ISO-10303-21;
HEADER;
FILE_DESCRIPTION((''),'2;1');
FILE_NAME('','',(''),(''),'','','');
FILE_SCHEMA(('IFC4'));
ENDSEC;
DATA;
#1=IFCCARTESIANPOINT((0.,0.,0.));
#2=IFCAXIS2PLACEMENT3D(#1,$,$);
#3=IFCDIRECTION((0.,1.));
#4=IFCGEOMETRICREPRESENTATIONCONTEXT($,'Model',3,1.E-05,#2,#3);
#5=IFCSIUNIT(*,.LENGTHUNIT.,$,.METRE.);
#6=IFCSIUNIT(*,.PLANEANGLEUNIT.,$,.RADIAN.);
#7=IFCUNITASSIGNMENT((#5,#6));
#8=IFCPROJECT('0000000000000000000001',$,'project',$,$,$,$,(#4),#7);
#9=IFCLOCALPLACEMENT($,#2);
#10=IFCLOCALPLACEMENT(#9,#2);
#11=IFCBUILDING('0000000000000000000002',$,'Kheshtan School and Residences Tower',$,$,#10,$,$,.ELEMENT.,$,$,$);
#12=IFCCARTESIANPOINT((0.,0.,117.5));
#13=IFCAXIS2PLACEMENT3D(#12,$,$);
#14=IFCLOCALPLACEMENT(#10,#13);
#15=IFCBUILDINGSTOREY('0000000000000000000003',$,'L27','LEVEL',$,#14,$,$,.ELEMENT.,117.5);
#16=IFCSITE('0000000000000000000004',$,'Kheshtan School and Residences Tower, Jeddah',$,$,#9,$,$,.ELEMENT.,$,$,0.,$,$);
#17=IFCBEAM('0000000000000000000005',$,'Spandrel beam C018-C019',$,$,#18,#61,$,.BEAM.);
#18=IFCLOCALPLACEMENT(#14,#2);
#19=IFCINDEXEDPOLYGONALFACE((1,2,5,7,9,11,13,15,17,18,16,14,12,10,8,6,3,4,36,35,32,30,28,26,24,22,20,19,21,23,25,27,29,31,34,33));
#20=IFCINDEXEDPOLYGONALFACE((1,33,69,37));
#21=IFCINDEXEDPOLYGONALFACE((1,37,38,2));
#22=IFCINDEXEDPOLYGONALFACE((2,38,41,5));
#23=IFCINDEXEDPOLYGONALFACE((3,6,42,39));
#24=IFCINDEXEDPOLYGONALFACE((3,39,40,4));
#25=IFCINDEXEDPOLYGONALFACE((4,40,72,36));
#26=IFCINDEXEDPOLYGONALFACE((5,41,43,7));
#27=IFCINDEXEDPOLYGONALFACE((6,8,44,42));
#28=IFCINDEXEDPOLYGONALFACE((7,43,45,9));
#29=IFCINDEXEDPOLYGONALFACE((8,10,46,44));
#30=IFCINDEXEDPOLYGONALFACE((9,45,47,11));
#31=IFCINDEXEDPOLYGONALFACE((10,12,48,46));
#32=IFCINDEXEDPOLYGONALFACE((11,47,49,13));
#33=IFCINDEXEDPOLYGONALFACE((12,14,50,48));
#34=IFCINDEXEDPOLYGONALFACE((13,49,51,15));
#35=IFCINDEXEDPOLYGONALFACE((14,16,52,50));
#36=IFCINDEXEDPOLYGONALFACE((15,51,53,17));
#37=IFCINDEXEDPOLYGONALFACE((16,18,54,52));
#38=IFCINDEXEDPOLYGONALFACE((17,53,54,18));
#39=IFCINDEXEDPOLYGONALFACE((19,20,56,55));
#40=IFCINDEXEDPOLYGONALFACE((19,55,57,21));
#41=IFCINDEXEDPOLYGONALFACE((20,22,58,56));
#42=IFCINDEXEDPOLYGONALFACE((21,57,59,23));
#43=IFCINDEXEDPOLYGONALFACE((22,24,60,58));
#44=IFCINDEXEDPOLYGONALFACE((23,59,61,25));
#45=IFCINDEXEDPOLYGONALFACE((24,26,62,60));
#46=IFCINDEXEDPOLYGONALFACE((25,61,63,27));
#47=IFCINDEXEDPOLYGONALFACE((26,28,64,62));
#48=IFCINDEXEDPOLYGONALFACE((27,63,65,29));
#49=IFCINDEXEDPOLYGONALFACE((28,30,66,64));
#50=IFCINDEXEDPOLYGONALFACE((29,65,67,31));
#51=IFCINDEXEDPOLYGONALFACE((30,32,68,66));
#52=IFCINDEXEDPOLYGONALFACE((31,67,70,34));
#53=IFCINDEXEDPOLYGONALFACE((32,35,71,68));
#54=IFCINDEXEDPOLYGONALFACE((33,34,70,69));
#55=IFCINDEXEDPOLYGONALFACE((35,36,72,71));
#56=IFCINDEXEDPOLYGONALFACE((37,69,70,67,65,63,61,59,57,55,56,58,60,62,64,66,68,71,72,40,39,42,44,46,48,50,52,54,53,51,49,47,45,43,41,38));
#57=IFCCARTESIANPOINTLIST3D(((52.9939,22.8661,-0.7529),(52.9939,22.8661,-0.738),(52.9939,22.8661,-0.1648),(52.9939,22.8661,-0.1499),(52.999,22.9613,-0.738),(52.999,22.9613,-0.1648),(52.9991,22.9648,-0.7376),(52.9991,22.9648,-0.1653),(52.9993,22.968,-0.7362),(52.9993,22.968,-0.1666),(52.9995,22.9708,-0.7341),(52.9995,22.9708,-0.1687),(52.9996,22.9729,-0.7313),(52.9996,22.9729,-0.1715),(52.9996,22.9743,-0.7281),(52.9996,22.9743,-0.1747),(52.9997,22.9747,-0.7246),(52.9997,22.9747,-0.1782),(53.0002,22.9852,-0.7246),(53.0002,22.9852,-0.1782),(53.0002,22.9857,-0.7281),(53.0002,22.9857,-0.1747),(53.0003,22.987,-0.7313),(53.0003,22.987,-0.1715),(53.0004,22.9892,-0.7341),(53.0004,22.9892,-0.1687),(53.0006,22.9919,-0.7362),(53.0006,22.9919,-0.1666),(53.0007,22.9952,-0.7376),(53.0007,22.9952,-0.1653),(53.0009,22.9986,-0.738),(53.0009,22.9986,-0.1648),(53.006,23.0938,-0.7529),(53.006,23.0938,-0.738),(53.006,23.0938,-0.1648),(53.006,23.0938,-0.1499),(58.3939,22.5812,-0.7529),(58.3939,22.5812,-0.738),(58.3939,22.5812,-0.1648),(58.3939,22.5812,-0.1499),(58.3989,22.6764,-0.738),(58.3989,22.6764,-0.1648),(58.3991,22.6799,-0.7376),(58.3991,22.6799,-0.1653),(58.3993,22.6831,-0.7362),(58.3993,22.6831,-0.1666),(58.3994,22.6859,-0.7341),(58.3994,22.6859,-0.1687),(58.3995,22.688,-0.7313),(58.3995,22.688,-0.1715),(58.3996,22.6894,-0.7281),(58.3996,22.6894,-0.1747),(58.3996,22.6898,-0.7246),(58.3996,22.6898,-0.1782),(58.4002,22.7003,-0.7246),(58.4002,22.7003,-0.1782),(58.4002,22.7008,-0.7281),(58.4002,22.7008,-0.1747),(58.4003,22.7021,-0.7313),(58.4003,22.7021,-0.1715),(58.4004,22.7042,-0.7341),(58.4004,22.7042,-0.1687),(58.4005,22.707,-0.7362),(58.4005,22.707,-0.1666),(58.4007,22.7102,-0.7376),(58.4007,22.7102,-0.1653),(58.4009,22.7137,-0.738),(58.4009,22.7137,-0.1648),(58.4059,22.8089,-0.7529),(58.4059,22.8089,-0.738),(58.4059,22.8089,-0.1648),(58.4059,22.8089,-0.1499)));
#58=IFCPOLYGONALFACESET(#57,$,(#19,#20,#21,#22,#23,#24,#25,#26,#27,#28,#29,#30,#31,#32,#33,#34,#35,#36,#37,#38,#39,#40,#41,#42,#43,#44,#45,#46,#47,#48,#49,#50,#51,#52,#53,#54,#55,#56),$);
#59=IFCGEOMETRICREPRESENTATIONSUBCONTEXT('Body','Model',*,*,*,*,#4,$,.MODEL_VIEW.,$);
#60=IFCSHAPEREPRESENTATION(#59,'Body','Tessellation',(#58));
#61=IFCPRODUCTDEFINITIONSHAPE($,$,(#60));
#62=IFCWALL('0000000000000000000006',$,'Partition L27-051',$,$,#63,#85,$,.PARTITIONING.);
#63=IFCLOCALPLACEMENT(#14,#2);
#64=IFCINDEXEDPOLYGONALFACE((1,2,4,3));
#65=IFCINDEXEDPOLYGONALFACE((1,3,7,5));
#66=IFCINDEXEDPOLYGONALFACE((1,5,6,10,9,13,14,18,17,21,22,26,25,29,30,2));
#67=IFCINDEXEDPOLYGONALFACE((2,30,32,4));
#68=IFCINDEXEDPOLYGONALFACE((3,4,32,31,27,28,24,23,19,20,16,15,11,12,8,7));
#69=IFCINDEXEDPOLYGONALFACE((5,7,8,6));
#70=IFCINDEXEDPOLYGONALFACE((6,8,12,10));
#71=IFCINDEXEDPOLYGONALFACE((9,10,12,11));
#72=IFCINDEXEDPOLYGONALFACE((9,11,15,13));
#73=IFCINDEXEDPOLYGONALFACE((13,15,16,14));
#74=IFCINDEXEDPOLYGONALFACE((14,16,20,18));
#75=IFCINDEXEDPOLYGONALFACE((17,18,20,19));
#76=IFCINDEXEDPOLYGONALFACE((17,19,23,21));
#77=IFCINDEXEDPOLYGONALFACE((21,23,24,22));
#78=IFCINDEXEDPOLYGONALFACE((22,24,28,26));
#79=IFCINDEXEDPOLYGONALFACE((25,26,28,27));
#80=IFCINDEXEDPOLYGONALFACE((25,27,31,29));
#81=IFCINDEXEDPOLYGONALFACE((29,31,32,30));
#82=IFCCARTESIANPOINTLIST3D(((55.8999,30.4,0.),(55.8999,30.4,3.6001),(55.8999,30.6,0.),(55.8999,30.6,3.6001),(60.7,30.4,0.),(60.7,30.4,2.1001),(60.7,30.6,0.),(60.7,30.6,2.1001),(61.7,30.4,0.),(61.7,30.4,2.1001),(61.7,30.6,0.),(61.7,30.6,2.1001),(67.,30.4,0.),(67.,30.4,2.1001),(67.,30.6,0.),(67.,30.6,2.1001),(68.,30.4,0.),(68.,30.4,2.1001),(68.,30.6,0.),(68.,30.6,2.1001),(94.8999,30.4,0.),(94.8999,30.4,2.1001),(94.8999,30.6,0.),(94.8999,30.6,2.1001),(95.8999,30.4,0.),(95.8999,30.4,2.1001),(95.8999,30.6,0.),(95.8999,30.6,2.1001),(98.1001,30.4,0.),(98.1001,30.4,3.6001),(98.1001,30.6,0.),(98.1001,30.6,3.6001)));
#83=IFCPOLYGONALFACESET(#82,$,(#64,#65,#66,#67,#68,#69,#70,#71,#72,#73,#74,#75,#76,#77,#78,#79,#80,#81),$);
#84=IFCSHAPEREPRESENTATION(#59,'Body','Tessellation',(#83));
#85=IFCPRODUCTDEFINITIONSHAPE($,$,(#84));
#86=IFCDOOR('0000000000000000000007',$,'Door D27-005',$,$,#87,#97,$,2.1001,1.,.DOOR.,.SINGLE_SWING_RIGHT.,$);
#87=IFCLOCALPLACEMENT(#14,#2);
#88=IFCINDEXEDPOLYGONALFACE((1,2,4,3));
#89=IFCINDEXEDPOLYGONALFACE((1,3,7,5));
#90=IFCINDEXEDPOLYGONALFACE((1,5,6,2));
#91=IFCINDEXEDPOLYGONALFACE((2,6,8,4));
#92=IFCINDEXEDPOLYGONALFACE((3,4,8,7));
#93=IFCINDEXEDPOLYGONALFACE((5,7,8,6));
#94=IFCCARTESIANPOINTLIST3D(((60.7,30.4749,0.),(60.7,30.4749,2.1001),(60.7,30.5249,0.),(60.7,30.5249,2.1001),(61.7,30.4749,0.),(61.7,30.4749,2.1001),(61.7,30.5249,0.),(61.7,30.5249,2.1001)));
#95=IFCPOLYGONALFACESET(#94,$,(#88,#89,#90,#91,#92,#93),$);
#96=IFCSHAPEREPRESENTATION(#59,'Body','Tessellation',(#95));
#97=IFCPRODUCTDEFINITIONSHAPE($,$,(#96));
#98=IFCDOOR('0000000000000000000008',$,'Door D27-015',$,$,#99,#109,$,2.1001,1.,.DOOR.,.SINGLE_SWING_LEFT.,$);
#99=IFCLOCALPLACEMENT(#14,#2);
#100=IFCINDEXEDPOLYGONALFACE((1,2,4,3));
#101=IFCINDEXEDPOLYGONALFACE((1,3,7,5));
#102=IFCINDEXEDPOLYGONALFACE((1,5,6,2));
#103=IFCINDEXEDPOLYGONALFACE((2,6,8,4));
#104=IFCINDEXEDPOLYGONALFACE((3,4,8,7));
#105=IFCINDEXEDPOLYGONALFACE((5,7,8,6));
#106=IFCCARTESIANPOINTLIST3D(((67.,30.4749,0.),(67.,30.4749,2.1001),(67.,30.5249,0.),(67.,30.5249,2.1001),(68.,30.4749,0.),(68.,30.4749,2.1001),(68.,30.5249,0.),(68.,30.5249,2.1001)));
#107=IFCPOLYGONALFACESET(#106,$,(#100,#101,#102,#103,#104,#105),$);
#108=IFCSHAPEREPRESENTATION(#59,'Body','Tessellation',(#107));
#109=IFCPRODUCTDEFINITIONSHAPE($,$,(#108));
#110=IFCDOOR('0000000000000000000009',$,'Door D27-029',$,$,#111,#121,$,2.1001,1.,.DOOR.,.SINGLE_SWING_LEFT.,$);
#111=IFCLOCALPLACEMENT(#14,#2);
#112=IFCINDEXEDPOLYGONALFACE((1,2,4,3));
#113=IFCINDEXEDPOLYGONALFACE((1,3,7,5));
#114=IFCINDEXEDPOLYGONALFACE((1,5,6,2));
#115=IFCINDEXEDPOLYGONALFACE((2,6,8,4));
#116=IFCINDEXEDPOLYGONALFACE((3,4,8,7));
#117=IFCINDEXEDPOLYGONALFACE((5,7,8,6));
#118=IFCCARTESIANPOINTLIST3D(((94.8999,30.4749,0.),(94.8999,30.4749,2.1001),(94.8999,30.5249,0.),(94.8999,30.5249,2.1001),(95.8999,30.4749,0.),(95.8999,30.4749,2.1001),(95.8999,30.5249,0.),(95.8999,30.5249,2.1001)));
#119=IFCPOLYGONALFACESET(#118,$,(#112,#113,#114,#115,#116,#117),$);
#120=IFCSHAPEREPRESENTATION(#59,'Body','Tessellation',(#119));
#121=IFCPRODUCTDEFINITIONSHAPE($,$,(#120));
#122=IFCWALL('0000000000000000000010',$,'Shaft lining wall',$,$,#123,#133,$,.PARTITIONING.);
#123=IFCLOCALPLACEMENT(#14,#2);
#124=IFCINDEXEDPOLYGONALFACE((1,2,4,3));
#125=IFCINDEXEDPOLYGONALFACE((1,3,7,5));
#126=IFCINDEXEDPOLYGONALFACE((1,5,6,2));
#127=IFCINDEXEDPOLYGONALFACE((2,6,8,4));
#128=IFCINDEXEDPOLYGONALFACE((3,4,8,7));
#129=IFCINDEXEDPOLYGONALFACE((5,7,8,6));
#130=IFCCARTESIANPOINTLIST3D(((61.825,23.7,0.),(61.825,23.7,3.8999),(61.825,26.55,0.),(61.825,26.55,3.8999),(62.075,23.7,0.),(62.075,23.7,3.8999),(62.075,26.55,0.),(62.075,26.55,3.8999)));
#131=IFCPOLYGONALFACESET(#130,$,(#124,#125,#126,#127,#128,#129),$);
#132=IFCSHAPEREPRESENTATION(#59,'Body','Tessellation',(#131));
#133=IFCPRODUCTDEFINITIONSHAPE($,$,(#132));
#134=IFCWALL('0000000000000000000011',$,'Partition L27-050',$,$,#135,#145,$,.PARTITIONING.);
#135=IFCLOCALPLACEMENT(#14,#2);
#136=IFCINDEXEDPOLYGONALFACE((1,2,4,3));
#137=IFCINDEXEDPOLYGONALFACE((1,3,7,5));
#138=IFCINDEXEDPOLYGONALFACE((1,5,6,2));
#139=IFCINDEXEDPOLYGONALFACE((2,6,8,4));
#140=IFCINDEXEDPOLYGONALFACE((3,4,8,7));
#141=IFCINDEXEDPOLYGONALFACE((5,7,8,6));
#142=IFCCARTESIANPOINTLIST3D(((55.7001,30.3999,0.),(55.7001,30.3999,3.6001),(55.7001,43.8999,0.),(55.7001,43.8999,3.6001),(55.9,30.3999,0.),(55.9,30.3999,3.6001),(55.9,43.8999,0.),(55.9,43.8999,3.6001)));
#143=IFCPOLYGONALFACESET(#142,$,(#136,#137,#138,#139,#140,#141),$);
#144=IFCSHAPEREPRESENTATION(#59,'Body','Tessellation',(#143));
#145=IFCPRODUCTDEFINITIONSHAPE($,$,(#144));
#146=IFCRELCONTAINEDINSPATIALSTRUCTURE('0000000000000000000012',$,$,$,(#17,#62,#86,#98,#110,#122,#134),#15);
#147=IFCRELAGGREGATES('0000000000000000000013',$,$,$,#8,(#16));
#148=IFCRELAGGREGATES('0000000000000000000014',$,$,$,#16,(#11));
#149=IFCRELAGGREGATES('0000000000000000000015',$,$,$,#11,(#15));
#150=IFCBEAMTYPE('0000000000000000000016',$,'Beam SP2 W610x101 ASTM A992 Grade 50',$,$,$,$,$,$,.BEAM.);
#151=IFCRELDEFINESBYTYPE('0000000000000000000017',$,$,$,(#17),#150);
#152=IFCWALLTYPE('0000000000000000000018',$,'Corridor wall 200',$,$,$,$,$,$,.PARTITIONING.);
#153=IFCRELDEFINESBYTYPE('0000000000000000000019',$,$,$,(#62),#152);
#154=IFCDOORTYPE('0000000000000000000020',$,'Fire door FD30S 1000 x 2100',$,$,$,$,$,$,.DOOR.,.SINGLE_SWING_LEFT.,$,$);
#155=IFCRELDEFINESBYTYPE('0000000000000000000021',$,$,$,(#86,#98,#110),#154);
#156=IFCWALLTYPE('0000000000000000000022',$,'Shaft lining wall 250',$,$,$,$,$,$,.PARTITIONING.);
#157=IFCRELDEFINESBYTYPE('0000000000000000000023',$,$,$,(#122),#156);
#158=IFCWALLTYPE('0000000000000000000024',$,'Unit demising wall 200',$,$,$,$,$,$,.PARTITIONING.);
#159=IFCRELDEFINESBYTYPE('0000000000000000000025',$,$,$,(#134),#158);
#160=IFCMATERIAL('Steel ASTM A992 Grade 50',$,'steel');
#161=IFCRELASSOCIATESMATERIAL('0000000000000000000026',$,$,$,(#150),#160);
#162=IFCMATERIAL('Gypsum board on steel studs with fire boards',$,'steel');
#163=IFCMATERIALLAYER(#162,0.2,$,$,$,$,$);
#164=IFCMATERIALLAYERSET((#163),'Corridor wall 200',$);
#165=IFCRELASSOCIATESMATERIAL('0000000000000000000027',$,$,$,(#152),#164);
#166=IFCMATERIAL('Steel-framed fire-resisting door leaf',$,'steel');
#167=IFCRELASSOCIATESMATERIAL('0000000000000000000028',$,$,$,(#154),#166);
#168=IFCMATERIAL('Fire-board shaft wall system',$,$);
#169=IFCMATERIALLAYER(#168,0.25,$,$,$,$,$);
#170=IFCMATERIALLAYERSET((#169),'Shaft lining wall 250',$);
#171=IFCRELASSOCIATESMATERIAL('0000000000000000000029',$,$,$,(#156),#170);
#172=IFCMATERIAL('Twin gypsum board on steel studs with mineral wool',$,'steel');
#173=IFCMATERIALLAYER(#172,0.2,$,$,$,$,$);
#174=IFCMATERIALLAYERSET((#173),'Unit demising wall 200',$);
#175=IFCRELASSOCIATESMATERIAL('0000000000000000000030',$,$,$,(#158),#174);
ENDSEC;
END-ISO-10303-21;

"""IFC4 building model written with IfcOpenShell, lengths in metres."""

from ifc_helpers import new_model, si_unit, direction, frame, frame_2d, origin, origin_2d, place, context, subcontext, project, spatial, rectangle, i_section, extrude, source, transform, mapped, material, layer, layer_set, material_profile, profile_set, type_object, element, fill, save


model = new_model("IFC4")

# Units and contexts
model_context = context("Model", 3, precision=1e-05, world=origin(), true_north=direction((0.0, 1.0)))
body_context = subcontext(model_context, "Body", "Model", "MODEL_VIEW")
ifc_project = project(units=[si_unit("LENGTHUNIT", "METRE"), si_unit("PLANEANGLEUNIT", "RADIAN")], contexts=[model_context])

# Site, building, storey
site_placement = place(None, origin())
site = spatial("IfcSite", under=ifc_project, at=site_placement, Name="Kheshtan School and Residences Tower, Jeddah", CompositionType="ELEMENT", RefElevation=0.0)
building_placement = place(site_placement, origin())
building = spatial("IfcBuilding", under=site, at=building_placement, Name="Kheshtan School and Residences Tower", CompositionType="ELEMENT")
storey_placement = place(building_placement, frame((0.0, 0.0, 117.5)))
storey = spatial("IfcBuildingStorey", under=building, at=storey_placement, Name="L27", Description="LEVEL", CompositionType="ELEMENT", Elevation=117.5)

# Shared definitions
ifc_material_1 = material(Name="Steel ASTM A992 Grade 50", Category="steel")

# Beam
ifc_material_profile_1 = material_profile(ifc_material_1, i_section(OverallWidth=0.228, OverallDepth=0.603, WebThickness=0.0105, FlangeThickness=0.0149, FilletRadius=0.0134, at=origin_2d()), Name="W610x101")
ifc_profile_set_1 = profile_set([ifc_material_profile_1], Name="Steel ASTM A992 Grade 50")
beam_type_1 = type_object("IfcBeamType", Name="Beam SP2 W610x101 ASTM A992 Grade 50", PredefinedType="BEAM", material=ifc_profile_set_1)
beam_1_placement = place(storey_placement, frame((58.3999, 22.6951, -0.4514), z_axis=(-0.998611, 0.052689, 0.0), x_axis=(-0.052689, -0.998611, 0.0)))
element("IfcBeam", 1, at=beam_1_placement, inside=storey, type_object=beam_type_1, Name="Spandrel beam C018-C019", PredefinedType="BEAM", context=body_context, shape_type="SweptSolid", body=[
    extrude(i_section(OverallWidth=0.228, OverallDepth=0.603, WebThickness=0.0105, FlangeThickness=0.0149, FilletRadius=0.0134, at=origin_2d()), origin(), (0.0, 0.0, 1.0), 5.4075),
])

# Wall, openings, doors
ifc_material_2 = material(Name="Gypsum board on steel studs with fire boards", Category="steel")
ifc_layer_1 = layer(ifc_material_2, 0.2)
ifc_layer_set_1 = layer_set([ifc_layer_1], Name="Corridor wall 200")
wall_type_1 = type_object("IfcWallType", Name="Corridor wall 200", PredefinedType="PARTITIONING", material=ifc_layer_set_1)
wall_1_placement = place(storey_placement, frame((55.8999, 30.5, 0.0), z_axis=(0.0, 0.0, 1.0), x_axis=(1.0, 0.0, 0.0)))
wall_1 = element("IfcWall", 2, at=wall_1_placement, inside=storey, type_object=wall_type_1, Name="Partition L27-051", PredefinedType="PARTITIONING", context=body_context, shape_type="SweptSolid", body=[
    extrude(rectangle(XDim=42.2002, YDim=0.2, at=frame_2d((21.1001, 0.0))), origin(), (0.0, 0.0, 1.0), 3.6001),
])
opening_1_placement = place(wall_1_placement, frame((4.8, 0.0, 0.0)))
opening_1 = element("IfcOpeningElement", 3, at=opening_1_placement, cuts=wall_1, PredefinedType="OPENING", context=body_context, shape_type="SweptSolid", body=[
    extrude(rectangle(XDim=1.0, YDim=2.1001, at=frame_2d((0.5, 1.05))), frame((0.0, 0.1099, 0.0), z_axis=(0.0, -1.0, 0.0), x_axis=(1.0, 0.0, 0.0)), (0.0, 0.0, 1.0), 0.22),
])
opening_2_placement = place(wall_1_placement, frame((11.1001, 0.0, 0.0)))
opening_2 = element("IfcOpeningElement", 4, at=opening_2_placement, cuts=wall_1, PredefinedType="OPENING", context=body_context, shape_type="SweptSolid", body=[
    extrude(rectangle(XDim=1.0, YDim=2.1001, at=frame_2d((0.5, 1.05))), frame((0.0, 0.1099, 0.0), z_axis=(0.0, -1.0, 0.0), x_axis=(1.0, 0.0, 0.0)), (0.0, 0.0, 1.0), 0.22),
])
opening_3_placement = place(wall_1_placement, frame((39.0, 0.0, 0.0)))
opening_3 = element("IfcOpeningElement", 5, at=opening_3_placement, cuts=wall_1, PredefinedType="OPENING", context=body_context, shape_type="SweptSolid", body=[
    extrude(rectangle(XDim=1.0, YDim=2.1001, at=frame_2d((0.5, 1.05))), frame((0.0, 0.1099, 0.0), z_axis=(0.0, -1.0, 0.0), x_axis=(1.0, 0.0, 0.0)), (0.0, 0.0, 1.0), 0.22),
])
ifc_material_3 = material(Name="Steel-framed fire-resisting door leaf", Category="steel")
door_type_1 = type_object("IfcDoorType", Name="Fire door FD30S 1000 x 2100", OperationType="SINGLE_SWING_LEFT", PredefinedType="DOOR", material=ifc_material_3)
shared_shape_1 = source(origin(), body_context, "Body", "SweptSolid", [
    extrude(rectangle(XDim=1.0, YDim=2.1001, at=frame_2d((0.5, 1.05))), frame((0.0, 0.0249, 0.0), z_axis=(0.0, -1.0, 0.0), x_axis=(1.0, 0.0, 0.0)), (0.0, 0.0, 1.0), 0.05),
])
door_1_placement = place(opening_1_placement, origin())
door_1 = element("IfcDoor", 6, at=door_1_placement, inside=storey, type_object=door_type_1, Name="Door D27-005", OperationType="SINGLE_SWING_RIGHT", OverallHeight=2.1001, OverallWidth=1.0, PredefinedType="DOOR", context=body_context, shape_type="MappedRepresentation", body=[
    mapped(shared_shape_1, transform((0.0, 0.0, 0.0), x_axis=(1.0, 0.0, 0.0), y_axis=(0.0, 1.0, 0.0), z_axis=(0.0, 0.0, 1.0), scale=1.0)),
])
fill(opening_1, door_1)
door_2_placement = place(opening_2_placement, origin())
door_2 = element("IfcDoor", 7, at=door_2_placement, inside=storey, type_object=door_type_1, Name="Door D27-015", OperationType="SINGLE_SWING_LEFT", OverallHeight=2.1001, OverallWidth=1.0, PredefinedType="DOOR", context=body_context, shape_type="MappedRepresentation", body=[
    mapped(shared_shape_1, transform((0.0, 0.0, 0.0), x_axis=(1.0, 0.0, 0.0), y_axis=(0.0, 1.0, 0.0), z_axis=(0.0, 0.0, 1.0), scale=1.0)),
])
fill(opening_2, door_2)
door_3_placement = place(opening_3_placement, origin())
door_3 = element("IfcDoor", 8, at=door_3_placement, inside=storey, type_object=door_type_1, Name="Door D27-029", OperationType="SINGLE_SWING_LEFT", OverallHeight=2.1001, OverallWidth=1.0, PredefinedType="DOOR", context=body_context, shape_type="MappedRepresentation", body=[
    mapped(shared_shape_1, transform((0.0, 0.0, 0.0), x_axis=(1.0, 0.0, 0.0), y_axis=(0.0, 1.0, 0.0), z_axis=(0.0, 0.0, 1.0), scale=1.0)),
])
fill(opening_3, door_3)

# Walls
ifc_material_4 = material(Name="Fire-board shaft wall system")
ifc_layer_2 = layer(ifc_material_4, 0.25)
ifc_layer_set_2 = layer_set([ifc_layer_2], Name="Shaft lining wall 250")
wall_type_2 = type_object("IfcWallType", Name="Shaft lining wall 250", PredefinedType="PARTITIONING", material=ifc_layer_set_2)
wall_2_placement = place(storey_placement, frame((61.95, 23.7, 0.0), z_axis=(0.0, 0.0, 1.0), x_axis=(0.0, 1.0, 0.0)))
element("IfcWall", 9, at=wall_2_placement, inside=storey, type_object=wall_type_2, Name="Shaft lining wall", PredefinedType="PARTITIONING", context=body_context, shape_type="SweptSolid", body=[
    extrude(rectangle(XDim=2.8501, YDim=0.25, at=frame_2d((1.425, 0.0))), origin(), (0.0, 0.0, 1.0), 3.8999),
])
ifc_material_5 = material(Name="Twin gypsum board on steel studs with mineral wool", Category="steel")
ifc_layer_3 = layer(ifc_material_5, 0.2)
ifc_layer_set_3 = layer_set([ifc_layer_3], Name="Unit demising wall 200")
wall_type_3 = type_object("IfcWallType", Name="Unit demising wall 200", PredefinedType="PARTITIONING", material=ifc_layer_set_3)
wall_3_placement = place(storey_placement, frame((55.8, 30.3999, 0.0), z_axis=(0.0, 0.0, 1.0), x_axis=(0.0, 1.0, 0.0)))
element("IfcWall", 10, at=wall_3_placement, inside=storey, type_object=wall_type_3, Name="Partition L27-050", PredefinedType="PARTITIONING", context=body_context, shape_type="SweptSolid", body=[
    extrude(rectangle(XDim=13.5, YDim=0.2, at=frame_2d((6.75, 0.0))), origin(), (0.0, 0.0, 1.0), 3.6001),
])

save(model, "model.ifc")
